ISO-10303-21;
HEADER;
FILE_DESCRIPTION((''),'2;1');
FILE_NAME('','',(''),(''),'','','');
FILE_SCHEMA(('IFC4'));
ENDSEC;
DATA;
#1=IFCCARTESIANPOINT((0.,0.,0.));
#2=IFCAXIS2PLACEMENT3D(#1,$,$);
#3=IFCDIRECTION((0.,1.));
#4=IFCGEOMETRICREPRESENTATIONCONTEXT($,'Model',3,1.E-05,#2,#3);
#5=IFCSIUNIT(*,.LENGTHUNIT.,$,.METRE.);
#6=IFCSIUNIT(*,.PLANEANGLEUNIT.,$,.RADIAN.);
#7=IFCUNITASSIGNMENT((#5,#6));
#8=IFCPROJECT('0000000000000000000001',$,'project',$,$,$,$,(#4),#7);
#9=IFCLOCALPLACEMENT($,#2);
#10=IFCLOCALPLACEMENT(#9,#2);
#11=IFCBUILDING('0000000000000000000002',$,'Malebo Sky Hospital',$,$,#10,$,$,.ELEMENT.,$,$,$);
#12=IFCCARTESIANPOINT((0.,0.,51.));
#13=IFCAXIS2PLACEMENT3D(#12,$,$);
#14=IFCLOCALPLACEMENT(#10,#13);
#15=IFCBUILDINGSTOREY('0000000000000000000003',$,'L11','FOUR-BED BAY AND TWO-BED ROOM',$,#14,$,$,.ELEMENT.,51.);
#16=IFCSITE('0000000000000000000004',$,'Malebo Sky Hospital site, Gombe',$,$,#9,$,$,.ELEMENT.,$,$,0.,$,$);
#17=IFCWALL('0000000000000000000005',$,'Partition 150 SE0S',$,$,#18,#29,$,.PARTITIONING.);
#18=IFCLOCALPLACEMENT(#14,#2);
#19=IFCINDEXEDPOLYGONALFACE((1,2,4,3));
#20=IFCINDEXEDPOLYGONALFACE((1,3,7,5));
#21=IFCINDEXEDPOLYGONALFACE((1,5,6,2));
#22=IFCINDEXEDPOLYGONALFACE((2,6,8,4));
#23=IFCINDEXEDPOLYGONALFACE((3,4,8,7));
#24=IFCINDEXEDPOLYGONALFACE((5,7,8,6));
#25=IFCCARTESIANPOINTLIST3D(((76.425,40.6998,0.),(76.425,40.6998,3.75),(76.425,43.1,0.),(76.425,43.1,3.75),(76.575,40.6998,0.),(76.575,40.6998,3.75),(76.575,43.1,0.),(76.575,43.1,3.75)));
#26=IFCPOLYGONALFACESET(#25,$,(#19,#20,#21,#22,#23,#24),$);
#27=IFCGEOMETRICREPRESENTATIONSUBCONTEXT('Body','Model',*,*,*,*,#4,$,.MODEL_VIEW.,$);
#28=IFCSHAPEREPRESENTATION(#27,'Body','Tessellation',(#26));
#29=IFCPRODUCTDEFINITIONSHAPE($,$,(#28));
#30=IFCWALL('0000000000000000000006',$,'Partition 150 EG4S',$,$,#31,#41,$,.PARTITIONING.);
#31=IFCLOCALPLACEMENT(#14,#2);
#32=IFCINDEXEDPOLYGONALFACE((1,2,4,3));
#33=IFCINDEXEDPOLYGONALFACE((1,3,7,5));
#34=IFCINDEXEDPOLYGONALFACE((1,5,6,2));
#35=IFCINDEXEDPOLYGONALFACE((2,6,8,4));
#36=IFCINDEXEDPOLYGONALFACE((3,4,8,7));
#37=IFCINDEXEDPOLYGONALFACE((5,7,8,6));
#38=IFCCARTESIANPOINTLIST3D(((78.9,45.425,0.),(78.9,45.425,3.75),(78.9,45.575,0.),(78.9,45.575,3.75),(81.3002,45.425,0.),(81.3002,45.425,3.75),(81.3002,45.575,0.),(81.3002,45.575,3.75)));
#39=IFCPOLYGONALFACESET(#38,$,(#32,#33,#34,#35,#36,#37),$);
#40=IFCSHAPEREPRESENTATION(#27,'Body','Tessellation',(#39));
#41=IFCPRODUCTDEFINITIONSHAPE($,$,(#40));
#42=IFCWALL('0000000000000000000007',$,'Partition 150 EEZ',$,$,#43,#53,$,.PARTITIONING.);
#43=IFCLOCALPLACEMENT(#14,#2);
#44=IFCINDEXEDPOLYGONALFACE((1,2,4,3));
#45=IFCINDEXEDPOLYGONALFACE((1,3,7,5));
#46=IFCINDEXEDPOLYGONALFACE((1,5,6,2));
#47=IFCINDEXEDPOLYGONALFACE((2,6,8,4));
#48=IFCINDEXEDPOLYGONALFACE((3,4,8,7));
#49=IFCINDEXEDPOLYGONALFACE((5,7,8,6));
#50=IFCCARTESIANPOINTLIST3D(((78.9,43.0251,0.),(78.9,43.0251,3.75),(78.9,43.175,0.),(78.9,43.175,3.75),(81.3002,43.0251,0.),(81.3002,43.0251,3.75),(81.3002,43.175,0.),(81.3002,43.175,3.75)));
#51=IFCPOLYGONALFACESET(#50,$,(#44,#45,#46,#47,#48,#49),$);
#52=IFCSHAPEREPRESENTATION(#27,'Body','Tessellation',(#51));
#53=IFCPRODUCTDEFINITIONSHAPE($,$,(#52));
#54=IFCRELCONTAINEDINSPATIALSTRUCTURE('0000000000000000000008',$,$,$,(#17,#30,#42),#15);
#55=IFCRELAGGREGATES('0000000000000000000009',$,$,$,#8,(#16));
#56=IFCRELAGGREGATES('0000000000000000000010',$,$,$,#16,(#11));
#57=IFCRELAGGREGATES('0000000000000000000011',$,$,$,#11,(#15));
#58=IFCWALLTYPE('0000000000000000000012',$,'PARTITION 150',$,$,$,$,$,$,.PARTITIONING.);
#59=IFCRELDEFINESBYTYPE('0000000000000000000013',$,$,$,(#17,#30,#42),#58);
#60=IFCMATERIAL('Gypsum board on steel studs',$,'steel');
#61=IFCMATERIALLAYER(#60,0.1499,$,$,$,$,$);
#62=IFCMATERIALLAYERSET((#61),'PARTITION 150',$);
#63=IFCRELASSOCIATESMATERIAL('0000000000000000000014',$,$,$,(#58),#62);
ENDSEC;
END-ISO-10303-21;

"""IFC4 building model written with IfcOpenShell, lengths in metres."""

from ifc_helpers import new_model, si_unit, direction, frame, frame_2d, origin, place, context, subcontext, project, spatial, rectangle, extrude, material, layer, layer_set, type_object, element, save


model = new_model("IFC4")

# Units and contexts
model_context = context("Model", 3, precision=1e-05, world=origin(), true_north=direction((0.0, 1.0)))
body_context = subcontext(model_context, "Body", "Model", "MODEL_VIEW")
ifc_project = project(units=[si_unit("LENGTHUNIT", "METRE"), si_unit("PLANEANGLEUNIT", "RADIAN")], contexts=[model_context])

# Site, building, storey
site_placement = place(None, origin())
site = spatial("IfcSite", under=ifc_project, at=site_placement, Name="Malebo Sky Hospital site, Gombe", CompositionType="ELEMENT", RefElevation=0.0)
building_placement = place(site_placement, origin())
building = spatial("IfcBuilding", under=site, at=building_placement, Name="Malebo Sky Hospital", CompositionType="ELEMENT")
storey_placement = place(building_placement, frame((0.0, 0.0, 51.0)))
storey = spatial("IfcBuildingStorey", under=building, at=storey_placement, Name="L11", Description="FOUR-BED BAY AND TWO-BED ROOM", CompositionType="ELEMENT", Elevation=51.0)

# Shared definitions
ifc_material_1 = material(Name="Gypsum board on steel studs", Category="steel")

# Shared definitions
ifc_layer_1 = layer(ifc_material_1, 0.1499)
ifc_layer_set_1 = layer_set([ifc_layer_1], Name="PARTITION 150")
wall_type_1 = type_object("IfcWallType", Name="PARTITION 150", PredefinedType="PARTITIONING", material=ifc_layer_set_1)

# Walls
for number, where, z_axis, x_axis, name in (
    (1, (76.5, 43.1001, 0.0), (0.0, 0.0, 1.0), (0.0, -1.0, 0.0), "Partition 150 SE0S"),
    (2, (78.8999, 45.5, 0.0), (0.0, 0.0, 1.0), (1.0, 0.0, 0.0), "Partition 150 EG4S"),
    (3, (78.8999, 43.1001, 0.0), (0.0, 0.0, 1.0), (1.0, 0.0, 0.0), "Partition 150 EEZ"),
):
    element("IfcWall", number, at=place(storey_placement, frame(where, z_axis=z_axis, x_axis=x_axis)), inside=storey, type_object=wall_type_1, Name=name, PredefinedType="PARTITIONING", context=body_context, shape_type="SweptSolid", body=[
        extrude(rectangle(XDim=2.4001, YDim=0.1499, at=frame_2d((1.2002, 0.0))), origin(), (0.0, 0.0, 1.0), 3.75),
    ])

save(model, "model.ifc")
